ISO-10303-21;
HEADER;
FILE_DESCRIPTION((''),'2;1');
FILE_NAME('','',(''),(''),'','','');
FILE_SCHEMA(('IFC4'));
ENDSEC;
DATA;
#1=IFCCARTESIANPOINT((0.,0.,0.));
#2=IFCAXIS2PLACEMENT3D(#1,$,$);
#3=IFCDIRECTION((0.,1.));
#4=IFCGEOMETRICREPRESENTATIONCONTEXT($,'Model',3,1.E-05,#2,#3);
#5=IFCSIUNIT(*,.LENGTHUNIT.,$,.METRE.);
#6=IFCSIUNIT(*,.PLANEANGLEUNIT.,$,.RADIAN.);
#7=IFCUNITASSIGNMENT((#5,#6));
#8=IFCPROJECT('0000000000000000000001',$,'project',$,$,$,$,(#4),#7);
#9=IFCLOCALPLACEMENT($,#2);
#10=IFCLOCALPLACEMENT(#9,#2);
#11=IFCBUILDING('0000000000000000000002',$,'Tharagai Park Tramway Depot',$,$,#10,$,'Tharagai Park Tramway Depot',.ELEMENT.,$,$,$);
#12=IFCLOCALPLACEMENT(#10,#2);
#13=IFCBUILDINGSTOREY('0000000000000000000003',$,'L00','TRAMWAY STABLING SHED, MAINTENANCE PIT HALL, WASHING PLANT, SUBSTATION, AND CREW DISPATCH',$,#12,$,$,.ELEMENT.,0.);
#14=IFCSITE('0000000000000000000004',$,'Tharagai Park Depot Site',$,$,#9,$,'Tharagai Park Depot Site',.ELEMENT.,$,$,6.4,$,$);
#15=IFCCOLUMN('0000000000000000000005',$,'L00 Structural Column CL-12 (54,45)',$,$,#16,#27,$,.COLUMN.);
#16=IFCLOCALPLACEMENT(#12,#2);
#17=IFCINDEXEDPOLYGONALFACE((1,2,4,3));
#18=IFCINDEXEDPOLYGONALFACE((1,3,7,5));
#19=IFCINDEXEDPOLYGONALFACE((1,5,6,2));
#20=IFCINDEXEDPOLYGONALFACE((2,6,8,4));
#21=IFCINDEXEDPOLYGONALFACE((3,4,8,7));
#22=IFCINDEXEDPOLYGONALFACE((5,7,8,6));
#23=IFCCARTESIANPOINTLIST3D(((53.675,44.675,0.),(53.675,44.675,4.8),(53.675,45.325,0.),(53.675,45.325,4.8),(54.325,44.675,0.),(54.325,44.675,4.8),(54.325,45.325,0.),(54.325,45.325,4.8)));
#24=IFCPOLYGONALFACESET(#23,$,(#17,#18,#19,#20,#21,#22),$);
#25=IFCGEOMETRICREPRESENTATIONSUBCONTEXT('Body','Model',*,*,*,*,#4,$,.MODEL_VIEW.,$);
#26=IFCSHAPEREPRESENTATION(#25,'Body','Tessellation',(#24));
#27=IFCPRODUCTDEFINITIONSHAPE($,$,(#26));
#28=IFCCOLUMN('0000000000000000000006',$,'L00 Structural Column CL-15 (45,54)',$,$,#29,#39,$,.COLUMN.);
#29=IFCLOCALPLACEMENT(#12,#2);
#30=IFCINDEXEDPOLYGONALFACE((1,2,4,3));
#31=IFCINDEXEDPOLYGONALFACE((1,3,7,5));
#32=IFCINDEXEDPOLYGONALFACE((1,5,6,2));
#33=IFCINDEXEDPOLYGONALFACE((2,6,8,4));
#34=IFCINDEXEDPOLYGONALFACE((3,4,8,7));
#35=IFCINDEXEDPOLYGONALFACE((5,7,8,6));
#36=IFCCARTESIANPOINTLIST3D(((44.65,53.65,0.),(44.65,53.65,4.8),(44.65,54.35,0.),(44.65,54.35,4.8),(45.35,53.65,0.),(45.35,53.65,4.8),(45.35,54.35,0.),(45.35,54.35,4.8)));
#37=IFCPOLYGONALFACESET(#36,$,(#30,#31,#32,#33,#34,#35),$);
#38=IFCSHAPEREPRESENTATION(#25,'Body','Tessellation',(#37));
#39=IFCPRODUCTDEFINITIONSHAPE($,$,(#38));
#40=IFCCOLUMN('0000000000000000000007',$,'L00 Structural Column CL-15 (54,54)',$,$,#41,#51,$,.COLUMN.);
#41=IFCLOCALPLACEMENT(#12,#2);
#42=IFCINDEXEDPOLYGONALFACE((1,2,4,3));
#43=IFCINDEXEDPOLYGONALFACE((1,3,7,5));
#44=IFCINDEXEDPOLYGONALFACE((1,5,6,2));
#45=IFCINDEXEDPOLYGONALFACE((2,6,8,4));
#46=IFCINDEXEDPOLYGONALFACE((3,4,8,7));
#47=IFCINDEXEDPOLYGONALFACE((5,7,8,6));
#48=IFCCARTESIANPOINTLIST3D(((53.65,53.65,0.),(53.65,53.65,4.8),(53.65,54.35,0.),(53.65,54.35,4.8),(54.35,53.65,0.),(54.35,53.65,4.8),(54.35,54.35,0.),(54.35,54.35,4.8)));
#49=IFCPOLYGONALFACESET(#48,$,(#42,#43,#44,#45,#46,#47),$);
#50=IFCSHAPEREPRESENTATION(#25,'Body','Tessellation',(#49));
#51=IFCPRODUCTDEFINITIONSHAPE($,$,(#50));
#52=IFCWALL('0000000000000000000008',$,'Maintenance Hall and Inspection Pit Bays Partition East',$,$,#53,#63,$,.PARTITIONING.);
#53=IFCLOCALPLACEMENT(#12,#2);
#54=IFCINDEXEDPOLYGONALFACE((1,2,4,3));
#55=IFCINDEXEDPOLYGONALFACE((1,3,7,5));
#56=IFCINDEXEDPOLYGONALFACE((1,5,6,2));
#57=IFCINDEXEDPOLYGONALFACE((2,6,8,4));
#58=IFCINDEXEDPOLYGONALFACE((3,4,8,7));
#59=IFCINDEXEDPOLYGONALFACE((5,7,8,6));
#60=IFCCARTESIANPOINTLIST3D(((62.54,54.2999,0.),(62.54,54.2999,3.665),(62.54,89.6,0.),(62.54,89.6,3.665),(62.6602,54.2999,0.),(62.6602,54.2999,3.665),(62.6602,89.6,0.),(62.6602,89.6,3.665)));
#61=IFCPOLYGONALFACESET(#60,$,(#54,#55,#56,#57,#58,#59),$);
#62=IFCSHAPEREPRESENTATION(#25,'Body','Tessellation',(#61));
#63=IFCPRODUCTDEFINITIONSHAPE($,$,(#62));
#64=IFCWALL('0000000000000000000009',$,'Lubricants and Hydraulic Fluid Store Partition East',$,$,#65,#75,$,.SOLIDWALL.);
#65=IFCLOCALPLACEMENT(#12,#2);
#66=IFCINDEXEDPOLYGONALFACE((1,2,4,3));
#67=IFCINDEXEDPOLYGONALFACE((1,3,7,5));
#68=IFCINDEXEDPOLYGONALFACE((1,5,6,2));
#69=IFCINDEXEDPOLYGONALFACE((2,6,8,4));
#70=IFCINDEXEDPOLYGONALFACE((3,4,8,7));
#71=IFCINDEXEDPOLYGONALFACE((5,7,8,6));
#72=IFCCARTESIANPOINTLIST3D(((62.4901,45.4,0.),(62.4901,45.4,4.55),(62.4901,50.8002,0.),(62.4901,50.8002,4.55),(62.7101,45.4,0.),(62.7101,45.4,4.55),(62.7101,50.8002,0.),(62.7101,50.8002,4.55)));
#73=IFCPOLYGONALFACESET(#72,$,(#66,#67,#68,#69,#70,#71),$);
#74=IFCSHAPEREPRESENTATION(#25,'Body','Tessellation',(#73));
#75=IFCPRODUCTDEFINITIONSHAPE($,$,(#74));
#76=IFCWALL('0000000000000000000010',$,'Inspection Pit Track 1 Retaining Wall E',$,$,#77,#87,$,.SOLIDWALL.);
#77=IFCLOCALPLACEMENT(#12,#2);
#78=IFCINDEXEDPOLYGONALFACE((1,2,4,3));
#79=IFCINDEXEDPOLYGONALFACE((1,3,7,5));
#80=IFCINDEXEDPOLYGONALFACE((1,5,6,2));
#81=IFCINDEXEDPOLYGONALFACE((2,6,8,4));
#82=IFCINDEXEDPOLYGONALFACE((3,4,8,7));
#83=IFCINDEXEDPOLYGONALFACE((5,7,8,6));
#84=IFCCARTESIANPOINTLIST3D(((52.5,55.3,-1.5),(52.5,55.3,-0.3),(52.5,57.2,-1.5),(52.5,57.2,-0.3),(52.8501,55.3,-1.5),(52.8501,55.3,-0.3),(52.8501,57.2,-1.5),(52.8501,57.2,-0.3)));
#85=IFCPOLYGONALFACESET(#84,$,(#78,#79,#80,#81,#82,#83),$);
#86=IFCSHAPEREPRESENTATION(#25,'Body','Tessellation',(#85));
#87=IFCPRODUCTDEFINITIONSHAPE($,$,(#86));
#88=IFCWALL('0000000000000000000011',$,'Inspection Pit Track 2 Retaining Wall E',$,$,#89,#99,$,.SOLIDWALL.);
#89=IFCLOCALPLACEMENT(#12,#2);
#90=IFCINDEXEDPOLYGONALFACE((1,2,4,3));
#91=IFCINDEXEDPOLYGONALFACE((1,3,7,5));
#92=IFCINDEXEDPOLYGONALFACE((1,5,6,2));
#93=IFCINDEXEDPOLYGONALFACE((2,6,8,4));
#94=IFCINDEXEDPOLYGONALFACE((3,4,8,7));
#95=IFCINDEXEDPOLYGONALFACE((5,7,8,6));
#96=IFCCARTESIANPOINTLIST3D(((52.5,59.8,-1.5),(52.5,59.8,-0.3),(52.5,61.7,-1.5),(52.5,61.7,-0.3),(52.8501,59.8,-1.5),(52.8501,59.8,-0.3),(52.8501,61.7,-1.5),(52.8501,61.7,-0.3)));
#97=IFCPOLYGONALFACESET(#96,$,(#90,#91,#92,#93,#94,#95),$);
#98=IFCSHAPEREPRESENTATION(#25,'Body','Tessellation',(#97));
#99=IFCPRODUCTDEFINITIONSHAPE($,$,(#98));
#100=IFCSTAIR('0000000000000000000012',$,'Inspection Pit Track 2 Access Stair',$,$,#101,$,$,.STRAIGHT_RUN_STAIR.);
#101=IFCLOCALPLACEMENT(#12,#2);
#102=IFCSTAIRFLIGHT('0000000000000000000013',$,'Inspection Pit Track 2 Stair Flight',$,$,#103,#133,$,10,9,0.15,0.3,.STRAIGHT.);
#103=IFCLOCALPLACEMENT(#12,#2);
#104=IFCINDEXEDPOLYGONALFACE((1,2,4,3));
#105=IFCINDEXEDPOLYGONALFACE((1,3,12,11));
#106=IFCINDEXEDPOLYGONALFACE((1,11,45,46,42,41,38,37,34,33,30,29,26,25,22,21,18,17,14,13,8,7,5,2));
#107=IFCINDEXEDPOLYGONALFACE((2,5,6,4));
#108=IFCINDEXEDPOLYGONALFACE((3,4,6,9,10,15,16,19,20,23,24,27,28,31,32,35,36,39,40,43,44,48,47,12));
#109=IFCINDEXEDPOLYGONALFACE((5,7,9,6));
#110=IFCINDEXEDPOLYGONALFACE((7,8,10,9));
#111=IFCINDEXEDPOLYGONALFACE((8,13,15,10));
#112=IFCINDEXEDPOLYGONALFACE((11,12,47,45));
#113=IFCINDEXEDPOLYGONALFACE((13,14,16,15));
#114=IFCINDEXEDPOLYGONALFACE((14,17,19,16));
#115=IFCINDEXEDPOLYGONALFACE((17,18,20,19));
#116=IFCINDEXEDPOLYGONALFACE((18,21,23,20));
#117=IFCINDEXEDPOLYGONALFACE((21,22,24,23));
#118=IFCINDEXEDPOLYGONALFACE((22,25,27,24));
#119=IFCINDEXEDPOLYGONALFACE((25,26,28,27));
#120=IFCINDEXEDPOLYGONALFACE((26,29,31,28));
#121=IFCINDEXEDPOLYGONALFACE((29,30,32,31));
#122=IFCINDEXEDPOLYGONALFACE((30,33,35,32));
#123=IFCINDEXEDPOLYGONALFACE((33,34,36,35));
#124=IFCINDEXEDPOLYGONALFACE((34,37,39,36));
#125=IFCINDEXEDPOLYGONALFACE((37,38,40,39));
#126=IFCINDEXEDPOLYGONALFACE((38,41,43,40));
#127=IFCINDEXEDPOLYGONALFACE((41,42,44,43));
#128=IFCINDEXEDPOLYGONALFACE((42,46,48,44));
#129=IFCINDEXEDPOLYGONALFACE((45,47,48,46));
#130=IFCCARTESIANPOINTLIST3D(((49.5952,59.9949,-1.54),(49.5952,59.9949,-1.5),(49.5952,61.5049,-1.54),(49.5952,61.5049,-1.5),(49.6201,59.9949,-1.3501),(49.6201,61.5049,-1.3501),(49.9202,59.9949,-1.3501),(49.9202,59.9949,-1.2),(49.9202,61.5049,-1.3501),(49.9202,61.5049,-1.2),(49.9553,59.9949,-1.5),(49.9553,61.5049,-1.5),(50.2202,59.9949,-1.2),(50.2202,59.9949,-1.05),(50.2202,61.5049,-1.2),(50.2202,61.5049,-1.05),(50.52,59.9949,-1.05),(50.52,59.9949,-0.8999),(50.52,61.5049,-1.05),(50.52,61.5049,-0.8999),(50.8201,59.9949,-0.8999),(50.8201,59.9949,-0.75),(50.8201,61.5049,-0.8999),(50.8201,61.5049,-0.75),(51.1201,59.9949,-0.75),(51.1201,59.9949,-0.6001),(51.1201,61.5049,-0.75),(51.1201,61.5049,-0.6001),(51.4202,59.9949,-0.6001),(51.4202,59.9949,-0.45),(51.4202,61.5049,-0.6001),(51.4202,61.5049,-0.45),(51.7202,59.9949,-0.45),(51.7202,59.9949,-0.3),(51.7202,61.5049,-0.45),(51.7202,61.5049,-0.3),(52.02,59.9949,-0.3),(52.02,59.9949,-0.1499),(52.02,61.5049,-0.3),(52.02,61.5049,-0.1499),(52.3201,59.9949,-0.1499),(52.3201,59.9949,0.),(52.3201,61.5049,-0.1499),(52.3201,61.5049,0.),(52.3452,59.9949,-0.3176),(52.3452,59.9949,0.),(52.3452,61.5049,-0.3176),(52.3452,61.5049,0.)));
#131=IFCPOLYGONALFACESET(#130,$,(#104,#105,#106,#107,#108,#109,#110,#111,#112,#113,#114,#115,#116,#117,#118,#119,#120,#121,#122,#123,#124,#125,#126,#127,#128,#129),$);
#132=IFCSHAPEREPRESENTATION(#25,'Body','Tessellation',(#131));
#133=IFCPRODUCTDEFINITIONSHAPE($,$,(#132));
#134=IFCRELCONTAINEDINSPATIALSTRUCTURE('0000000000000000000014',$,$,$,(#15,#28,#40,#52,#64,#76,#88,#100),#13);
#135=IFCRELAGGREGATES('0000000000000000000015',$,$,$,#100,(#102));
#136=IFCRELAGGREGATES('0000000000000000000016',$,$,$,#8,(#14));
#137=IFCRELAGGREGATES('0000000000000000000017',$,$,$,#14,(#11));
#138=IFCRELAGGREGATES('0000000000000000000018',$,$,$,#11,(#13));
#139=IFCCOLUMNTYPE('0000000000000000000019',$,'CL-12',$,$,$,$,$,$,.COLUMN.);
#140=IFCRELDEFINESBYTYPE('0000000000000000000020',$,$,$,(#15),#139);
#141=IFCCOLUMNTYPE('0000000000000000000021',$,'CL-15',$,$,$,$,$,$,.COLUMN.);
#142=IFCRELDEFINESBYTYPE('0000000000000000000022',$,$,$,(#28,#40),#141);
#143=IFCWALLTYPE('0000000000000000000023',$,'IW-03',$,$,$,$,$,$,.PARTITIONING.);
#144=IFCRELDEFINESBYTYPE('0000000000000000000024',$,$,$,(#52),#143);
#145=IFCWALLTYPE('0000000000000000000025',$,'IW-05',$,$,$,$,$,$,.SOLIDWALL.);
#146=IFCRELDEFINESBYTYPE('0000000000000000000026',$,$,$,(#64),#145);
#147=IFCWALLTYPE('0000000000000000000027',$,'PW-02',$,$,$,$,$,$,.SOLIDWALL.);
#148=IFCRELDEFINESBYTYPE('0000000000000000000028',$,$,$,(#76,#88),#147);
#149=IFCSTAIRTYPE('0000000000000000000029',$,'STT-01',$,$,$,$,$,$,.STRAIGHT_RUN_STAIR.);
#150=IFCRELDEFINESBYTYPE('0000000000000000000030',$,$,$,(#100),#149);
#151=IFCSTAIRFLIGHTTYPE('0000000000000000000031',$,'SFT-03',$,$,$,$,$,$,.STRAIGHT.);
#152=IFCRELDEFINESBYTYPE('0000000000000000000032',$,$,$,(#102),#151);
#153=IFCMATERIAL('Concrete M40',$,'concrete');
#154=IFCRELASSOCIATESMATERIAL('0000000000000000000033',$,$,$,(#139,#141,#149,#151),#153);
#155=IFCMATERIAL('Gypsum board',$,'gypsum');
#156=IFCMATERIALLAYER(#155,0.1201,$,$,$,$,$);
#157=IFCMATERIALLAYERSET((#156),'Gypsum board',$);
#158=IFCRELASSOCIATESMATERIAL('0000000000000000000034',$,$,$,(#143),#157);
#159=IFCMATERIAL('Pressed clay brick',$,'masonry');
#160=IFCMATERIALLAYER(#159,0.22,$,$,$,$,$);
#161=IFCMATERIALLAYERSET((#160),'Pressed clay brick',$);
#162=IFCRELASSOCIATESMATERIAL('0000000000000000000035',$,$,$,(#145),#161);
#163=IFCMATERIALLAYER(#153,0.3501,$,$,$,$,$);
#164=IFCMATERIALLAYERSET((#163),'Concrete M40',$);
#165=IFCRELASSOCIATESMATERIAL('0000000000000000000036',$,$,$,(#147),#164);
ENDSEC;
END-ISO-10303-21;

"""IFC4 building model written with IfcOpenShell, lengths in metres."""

from ifc_helpers import new_model, si_unit, direction, frame, frame_2d, origin, origin_2d, place, context, subcontext, project, spatial, polyline, rectangle, outline, extrude, material, layer, layer_set, material_profile, profile_set, type_object, element, aggregate, save


model = new_model("IFC4")

# Units and contexts
model_context = context("Model", 3, precision=1e-05, world=origin(), true_north=direction((0.0, 1.0)))
body_context = subcontext(model_context, "Body", "Model", "MODEL_VIEW")
ifc_project = project(units=[si_unit("LENGTHUNIT", "METRE"), si_unit("PLANEANGLEUNIT", "RADIAN")], contexts=[model_context])

# Site, building, storey
site_placement = place(None, origin())
site = spatial("IfcSite", under=ifc_project, at=site_placement, Name="Tharagai Park Depot Site", LongName="Tharagai Park Depot Site", CompositionType="ELEMENT", RefElevation=6.4)
building_placement = place(site_placement, origin())
building = spatial("IfcBuilding", under=site, at=building_placement, Name="Tharagai Park Tramway Depot", LongName="Tharagai Park Tramway Depot", CompositionType="ELEMENT")
storey_placement = place(building_placement, origin())
storey = spatial("IfcBuildingStorey", under=building, at=storey_placement, Name="L00", Description="TRAMWAY STABLING SHED, MAINTENANCE PIT HALL, WASHING PLANT, SUBSTATION, AND CREW DISPATCH", CompositionType="ELEMENT", Elevation=0.0)

# Shared definitions
ifc_material_1 = material(Name="Concrete M40", Category="concrete")

# Columns
ifc_material_profile_1 = material_profile(ifc_material_1, rectangle(XDim=0.6499, YDim=0.6499, at=origin_2d()), Name="RC 650x650")
ifc_profile_set_1 = profile_set([ifc_material_profile_1], Name="Concrete M40")
column_type_1 = type_object("IfcColumnType", Name="CL-12", PredefinedType="COLUMN", material=ifc_profile_set_1)
column_placement = place(storey_placement, frame((54.0, 45.0, 0.0), z_axis=(0.0, 0.0, 1.0), x_axis=(1.0, 0.0, 0.0)))
element("IfcColumn", 1, at=column_placement, inside=storey, type_object=column_type_1, Name="L00 Structural Column CL-12 (54,45)", PredefinedType="COLUMN", context=body_context, shape_type="SweptSolid", body=[
    extrude(rectangle(XDim=0.6499, YDim=0.6499, at=origin_2d()), origin(), (0.0, 0.0, 1.0), 4.8),
])
ifc_material_profile_2 = material_profile(ifc_material_1, rectangle(XDim=0.7, YDim=0.7, at=origin_2d()), Name="RC 700x700")
ifc_profile_set_2 = profile_set([ifc_material_profile_2], Name="Concrete M40")
column_type_2 = type_object("IfcColumnType", Name="CL-15", PredefinedType="COLUMN", material=ifc_profile_set_2)
for number, where, z_axis, x_axis, name in (
    (2, (45.0, 54.0, 0.0), (0.0, 0.0, 1.0), (1.0, 0.0, 0.0), "L00 Structural Column CL-15 (45,54)"),
    (3, (54.0, 54.0, 0.0), (0.0, 0.0, 1.0), (1.0, 0.0, 0.0), "L00 Structural Column CL-15 (54,54)"),
):
    element("IfcColumn", number, at=place(storey_placement, frame(where, z_axis=z_axis, x_axis=x_axis)), inside=storey, type_object=column_type_2, Name=name, PredefinedType="COLUMN", context=body_context, shape_type="SweptSolid", body=[
        extrude(rectangle(XDim=0.7, YDim=0.7, at=origin_2d()), origin(), (0.0, 0.0, 1.0), 4.8),
    ])

# Walls
ifc_material_2 = material(Name="Gypsum board", Category="gypsum")
ifc_layer_1 = layer(ifc_material_2, 0.1201)
ifc_layer_set_1 = layer_set([ifc_layer_1], Name="Gypsum board")
wall_type_1 = type_object("IfcWallType", Name="IW-03", PredefinedType="PARTITIONING", material=ifc_layer_set_1)
wall_1_placement = place(storey_placement, frame((62.6001, 54.3, 0.0), z_axis=(0.0, 0.0, 1.0), x_axis=(0.0, 1.0, 0.0)))
element("IfcWall", 4, at=wall_1_placement, inside=storey, type_object=wall_type_1, Name="Maintenance Hall and Inspection Pit Bays Partition East", PredefinedType="PARTITIONING", context=body_context, shape_type="SweptSolid", body=[
    extrude(rectangle(XDim=35.3, YDim=0.1201, at=frame_2d((17.6499, 0.0))), origin(), (0.0, 0.0, 1.0), 3.665),
])
ifc_material_3 = material(Name="Pressed clay brick", Category="masonry")
ifc_layer_2 = layer(ifc_material_3, 0.22)
ifc_layer_set_2 = layer_set([ifc_layer_2], Name="Pressed clay brick")
wall_type_2 = type_object("IfcWallType", Name="IW-05", PredefinedType="SOLIDWALL", material=ifc_layer_set_2)
wall_2_placement = place(storey_placement, frame((62.6001, 45.3999, 0.0), z_axis=(0.0, 0.0, 1.0), x_axis=(0.0, 1.0, 0.0)))
element("IfcWall", 5, at=wall_2_placement, inside=storey, type_object=wall_type_2, Name="Lubricants and Hydraulic Fluid Store Partition East", PredefinedType="SOLIDWALL", context=body_context, shape_type="SweptSolid", body=[
    extrude(rectangle(XDim=5.4001, YDim=0.22, at=frame_2d((2.7002, 0.0))), origin(), (0.0, 0.0, 1.0), 4.55),
])
ifc_layer_3 = layer(ifc_material_1, 0.3501)
ifc_layer_set_3 = layer_set([ifc_layer_3], Name="Concrete M40")
wall_type_3 = type_object("IfcWallType", Name="PW-02", PredefinedType="SOLIDWALL", material=ifc_layer_set_3)
for number, where, z_axis, x_axis, name in (
    (6, (52.675, 55.3, -1.5), (0.0, 0.0, 1.0), (0.0, 1.0, 0.0), "Inspection Pit Track 1 Retaining Wall E"),
    (7, (52.675, 59.8, -1.5), (0.0, 0.0, 1.0), (0.0, 1.0, 0.0), "Inspection Pit Track 2 Retaining Wall E"),
):
    element("IfcWall", number, at=place(storey_placement, frame(where, z_axis=z_axis, x_axis=x_axis)), inside=storey, type_object=wall_type_3, Name=name, PredefinedType="SOLIDWALL", context=body_context, shape_type="SweptSolid", body=[
        extrude(rectangle(XDim=1.8999, YDim=0.3501, at=frame_2d((0.95, 0.0))), origin(), (0.0, 0.0, 1.0), 1.2),
    ])

# Stair, stair flight
stair_type = type_object("IfcStairType", Name="STT-01", PredefinedType="STRAIGHT_RUN_STAIR", material=ifc_material_1)
stair_placement = place(storey_placement, origin())
stair = element("IfcStair", 8, at=stair_placement, inside=storey, type_object=stair_type, Name="Inspection Pit Track 2 Access Stair", PredefinedType="STRAIGHT_RUN_STAIR")
stair_flight_type = type_object("IfcStairFlightType", Name="SFT-03", PredefinedType="STRAIGHT", material=ifc_material_1)
stair_flight_placement = place(storey_placement, frame((49.6201, 60.75, -1.5), z_axis=(0.0, 0.0, 1.0), x_axis=(1.0, 0.0, 0.0)))
stair_flight = element("IfcStairFlight", 9, at=stair_flight_placement, type_object=stair_flight_type, Name="Inspection Pit Track 2 Stair Flight", NumberOfRisers=10, NumberOfTreads=9, PredefinedType="STRAIGHT", RiserHeight=0.15, TreadLength=0.3, context=body_context, shape_type="SweptSolid", body=[
    extrude(outline(polyline([(-0.0249, 0.0), (0.0, 0.1499), (0.3, 0.1499), (0.3, 0.3), (0.6001, 0.3), (0.6001, 0.45), (0.8999, 0.45), (0.8999, 0.6001), (1.2, 0.6001), (1.2, 0.75), (1.5, 0.75), (1.5, 0.8999), (1.8, 0.8999), (1.8, 1.05), (2.1001, 1.05), (2.1001, 1.2), (2.3999, 1.2), (2.3999, 1.3501), (2.7, 1.3501), (2.7, 1.5), (2.7251, 1.5), (2.7251, 1.1824), (0.3352, 0.0), (-0.0249, -0.04), (-0.0249, 0.0)])), frame((0.0, 0.7549, 0.0), z_axis=(0.0, -1.0, 0.0), x_axis=(1.0, 0.0, 0.0)), (0.0, 0.0, 1.0), 1.51),
])
aggregate(stair, [stair_flight])

save(model, "model.ifc")
